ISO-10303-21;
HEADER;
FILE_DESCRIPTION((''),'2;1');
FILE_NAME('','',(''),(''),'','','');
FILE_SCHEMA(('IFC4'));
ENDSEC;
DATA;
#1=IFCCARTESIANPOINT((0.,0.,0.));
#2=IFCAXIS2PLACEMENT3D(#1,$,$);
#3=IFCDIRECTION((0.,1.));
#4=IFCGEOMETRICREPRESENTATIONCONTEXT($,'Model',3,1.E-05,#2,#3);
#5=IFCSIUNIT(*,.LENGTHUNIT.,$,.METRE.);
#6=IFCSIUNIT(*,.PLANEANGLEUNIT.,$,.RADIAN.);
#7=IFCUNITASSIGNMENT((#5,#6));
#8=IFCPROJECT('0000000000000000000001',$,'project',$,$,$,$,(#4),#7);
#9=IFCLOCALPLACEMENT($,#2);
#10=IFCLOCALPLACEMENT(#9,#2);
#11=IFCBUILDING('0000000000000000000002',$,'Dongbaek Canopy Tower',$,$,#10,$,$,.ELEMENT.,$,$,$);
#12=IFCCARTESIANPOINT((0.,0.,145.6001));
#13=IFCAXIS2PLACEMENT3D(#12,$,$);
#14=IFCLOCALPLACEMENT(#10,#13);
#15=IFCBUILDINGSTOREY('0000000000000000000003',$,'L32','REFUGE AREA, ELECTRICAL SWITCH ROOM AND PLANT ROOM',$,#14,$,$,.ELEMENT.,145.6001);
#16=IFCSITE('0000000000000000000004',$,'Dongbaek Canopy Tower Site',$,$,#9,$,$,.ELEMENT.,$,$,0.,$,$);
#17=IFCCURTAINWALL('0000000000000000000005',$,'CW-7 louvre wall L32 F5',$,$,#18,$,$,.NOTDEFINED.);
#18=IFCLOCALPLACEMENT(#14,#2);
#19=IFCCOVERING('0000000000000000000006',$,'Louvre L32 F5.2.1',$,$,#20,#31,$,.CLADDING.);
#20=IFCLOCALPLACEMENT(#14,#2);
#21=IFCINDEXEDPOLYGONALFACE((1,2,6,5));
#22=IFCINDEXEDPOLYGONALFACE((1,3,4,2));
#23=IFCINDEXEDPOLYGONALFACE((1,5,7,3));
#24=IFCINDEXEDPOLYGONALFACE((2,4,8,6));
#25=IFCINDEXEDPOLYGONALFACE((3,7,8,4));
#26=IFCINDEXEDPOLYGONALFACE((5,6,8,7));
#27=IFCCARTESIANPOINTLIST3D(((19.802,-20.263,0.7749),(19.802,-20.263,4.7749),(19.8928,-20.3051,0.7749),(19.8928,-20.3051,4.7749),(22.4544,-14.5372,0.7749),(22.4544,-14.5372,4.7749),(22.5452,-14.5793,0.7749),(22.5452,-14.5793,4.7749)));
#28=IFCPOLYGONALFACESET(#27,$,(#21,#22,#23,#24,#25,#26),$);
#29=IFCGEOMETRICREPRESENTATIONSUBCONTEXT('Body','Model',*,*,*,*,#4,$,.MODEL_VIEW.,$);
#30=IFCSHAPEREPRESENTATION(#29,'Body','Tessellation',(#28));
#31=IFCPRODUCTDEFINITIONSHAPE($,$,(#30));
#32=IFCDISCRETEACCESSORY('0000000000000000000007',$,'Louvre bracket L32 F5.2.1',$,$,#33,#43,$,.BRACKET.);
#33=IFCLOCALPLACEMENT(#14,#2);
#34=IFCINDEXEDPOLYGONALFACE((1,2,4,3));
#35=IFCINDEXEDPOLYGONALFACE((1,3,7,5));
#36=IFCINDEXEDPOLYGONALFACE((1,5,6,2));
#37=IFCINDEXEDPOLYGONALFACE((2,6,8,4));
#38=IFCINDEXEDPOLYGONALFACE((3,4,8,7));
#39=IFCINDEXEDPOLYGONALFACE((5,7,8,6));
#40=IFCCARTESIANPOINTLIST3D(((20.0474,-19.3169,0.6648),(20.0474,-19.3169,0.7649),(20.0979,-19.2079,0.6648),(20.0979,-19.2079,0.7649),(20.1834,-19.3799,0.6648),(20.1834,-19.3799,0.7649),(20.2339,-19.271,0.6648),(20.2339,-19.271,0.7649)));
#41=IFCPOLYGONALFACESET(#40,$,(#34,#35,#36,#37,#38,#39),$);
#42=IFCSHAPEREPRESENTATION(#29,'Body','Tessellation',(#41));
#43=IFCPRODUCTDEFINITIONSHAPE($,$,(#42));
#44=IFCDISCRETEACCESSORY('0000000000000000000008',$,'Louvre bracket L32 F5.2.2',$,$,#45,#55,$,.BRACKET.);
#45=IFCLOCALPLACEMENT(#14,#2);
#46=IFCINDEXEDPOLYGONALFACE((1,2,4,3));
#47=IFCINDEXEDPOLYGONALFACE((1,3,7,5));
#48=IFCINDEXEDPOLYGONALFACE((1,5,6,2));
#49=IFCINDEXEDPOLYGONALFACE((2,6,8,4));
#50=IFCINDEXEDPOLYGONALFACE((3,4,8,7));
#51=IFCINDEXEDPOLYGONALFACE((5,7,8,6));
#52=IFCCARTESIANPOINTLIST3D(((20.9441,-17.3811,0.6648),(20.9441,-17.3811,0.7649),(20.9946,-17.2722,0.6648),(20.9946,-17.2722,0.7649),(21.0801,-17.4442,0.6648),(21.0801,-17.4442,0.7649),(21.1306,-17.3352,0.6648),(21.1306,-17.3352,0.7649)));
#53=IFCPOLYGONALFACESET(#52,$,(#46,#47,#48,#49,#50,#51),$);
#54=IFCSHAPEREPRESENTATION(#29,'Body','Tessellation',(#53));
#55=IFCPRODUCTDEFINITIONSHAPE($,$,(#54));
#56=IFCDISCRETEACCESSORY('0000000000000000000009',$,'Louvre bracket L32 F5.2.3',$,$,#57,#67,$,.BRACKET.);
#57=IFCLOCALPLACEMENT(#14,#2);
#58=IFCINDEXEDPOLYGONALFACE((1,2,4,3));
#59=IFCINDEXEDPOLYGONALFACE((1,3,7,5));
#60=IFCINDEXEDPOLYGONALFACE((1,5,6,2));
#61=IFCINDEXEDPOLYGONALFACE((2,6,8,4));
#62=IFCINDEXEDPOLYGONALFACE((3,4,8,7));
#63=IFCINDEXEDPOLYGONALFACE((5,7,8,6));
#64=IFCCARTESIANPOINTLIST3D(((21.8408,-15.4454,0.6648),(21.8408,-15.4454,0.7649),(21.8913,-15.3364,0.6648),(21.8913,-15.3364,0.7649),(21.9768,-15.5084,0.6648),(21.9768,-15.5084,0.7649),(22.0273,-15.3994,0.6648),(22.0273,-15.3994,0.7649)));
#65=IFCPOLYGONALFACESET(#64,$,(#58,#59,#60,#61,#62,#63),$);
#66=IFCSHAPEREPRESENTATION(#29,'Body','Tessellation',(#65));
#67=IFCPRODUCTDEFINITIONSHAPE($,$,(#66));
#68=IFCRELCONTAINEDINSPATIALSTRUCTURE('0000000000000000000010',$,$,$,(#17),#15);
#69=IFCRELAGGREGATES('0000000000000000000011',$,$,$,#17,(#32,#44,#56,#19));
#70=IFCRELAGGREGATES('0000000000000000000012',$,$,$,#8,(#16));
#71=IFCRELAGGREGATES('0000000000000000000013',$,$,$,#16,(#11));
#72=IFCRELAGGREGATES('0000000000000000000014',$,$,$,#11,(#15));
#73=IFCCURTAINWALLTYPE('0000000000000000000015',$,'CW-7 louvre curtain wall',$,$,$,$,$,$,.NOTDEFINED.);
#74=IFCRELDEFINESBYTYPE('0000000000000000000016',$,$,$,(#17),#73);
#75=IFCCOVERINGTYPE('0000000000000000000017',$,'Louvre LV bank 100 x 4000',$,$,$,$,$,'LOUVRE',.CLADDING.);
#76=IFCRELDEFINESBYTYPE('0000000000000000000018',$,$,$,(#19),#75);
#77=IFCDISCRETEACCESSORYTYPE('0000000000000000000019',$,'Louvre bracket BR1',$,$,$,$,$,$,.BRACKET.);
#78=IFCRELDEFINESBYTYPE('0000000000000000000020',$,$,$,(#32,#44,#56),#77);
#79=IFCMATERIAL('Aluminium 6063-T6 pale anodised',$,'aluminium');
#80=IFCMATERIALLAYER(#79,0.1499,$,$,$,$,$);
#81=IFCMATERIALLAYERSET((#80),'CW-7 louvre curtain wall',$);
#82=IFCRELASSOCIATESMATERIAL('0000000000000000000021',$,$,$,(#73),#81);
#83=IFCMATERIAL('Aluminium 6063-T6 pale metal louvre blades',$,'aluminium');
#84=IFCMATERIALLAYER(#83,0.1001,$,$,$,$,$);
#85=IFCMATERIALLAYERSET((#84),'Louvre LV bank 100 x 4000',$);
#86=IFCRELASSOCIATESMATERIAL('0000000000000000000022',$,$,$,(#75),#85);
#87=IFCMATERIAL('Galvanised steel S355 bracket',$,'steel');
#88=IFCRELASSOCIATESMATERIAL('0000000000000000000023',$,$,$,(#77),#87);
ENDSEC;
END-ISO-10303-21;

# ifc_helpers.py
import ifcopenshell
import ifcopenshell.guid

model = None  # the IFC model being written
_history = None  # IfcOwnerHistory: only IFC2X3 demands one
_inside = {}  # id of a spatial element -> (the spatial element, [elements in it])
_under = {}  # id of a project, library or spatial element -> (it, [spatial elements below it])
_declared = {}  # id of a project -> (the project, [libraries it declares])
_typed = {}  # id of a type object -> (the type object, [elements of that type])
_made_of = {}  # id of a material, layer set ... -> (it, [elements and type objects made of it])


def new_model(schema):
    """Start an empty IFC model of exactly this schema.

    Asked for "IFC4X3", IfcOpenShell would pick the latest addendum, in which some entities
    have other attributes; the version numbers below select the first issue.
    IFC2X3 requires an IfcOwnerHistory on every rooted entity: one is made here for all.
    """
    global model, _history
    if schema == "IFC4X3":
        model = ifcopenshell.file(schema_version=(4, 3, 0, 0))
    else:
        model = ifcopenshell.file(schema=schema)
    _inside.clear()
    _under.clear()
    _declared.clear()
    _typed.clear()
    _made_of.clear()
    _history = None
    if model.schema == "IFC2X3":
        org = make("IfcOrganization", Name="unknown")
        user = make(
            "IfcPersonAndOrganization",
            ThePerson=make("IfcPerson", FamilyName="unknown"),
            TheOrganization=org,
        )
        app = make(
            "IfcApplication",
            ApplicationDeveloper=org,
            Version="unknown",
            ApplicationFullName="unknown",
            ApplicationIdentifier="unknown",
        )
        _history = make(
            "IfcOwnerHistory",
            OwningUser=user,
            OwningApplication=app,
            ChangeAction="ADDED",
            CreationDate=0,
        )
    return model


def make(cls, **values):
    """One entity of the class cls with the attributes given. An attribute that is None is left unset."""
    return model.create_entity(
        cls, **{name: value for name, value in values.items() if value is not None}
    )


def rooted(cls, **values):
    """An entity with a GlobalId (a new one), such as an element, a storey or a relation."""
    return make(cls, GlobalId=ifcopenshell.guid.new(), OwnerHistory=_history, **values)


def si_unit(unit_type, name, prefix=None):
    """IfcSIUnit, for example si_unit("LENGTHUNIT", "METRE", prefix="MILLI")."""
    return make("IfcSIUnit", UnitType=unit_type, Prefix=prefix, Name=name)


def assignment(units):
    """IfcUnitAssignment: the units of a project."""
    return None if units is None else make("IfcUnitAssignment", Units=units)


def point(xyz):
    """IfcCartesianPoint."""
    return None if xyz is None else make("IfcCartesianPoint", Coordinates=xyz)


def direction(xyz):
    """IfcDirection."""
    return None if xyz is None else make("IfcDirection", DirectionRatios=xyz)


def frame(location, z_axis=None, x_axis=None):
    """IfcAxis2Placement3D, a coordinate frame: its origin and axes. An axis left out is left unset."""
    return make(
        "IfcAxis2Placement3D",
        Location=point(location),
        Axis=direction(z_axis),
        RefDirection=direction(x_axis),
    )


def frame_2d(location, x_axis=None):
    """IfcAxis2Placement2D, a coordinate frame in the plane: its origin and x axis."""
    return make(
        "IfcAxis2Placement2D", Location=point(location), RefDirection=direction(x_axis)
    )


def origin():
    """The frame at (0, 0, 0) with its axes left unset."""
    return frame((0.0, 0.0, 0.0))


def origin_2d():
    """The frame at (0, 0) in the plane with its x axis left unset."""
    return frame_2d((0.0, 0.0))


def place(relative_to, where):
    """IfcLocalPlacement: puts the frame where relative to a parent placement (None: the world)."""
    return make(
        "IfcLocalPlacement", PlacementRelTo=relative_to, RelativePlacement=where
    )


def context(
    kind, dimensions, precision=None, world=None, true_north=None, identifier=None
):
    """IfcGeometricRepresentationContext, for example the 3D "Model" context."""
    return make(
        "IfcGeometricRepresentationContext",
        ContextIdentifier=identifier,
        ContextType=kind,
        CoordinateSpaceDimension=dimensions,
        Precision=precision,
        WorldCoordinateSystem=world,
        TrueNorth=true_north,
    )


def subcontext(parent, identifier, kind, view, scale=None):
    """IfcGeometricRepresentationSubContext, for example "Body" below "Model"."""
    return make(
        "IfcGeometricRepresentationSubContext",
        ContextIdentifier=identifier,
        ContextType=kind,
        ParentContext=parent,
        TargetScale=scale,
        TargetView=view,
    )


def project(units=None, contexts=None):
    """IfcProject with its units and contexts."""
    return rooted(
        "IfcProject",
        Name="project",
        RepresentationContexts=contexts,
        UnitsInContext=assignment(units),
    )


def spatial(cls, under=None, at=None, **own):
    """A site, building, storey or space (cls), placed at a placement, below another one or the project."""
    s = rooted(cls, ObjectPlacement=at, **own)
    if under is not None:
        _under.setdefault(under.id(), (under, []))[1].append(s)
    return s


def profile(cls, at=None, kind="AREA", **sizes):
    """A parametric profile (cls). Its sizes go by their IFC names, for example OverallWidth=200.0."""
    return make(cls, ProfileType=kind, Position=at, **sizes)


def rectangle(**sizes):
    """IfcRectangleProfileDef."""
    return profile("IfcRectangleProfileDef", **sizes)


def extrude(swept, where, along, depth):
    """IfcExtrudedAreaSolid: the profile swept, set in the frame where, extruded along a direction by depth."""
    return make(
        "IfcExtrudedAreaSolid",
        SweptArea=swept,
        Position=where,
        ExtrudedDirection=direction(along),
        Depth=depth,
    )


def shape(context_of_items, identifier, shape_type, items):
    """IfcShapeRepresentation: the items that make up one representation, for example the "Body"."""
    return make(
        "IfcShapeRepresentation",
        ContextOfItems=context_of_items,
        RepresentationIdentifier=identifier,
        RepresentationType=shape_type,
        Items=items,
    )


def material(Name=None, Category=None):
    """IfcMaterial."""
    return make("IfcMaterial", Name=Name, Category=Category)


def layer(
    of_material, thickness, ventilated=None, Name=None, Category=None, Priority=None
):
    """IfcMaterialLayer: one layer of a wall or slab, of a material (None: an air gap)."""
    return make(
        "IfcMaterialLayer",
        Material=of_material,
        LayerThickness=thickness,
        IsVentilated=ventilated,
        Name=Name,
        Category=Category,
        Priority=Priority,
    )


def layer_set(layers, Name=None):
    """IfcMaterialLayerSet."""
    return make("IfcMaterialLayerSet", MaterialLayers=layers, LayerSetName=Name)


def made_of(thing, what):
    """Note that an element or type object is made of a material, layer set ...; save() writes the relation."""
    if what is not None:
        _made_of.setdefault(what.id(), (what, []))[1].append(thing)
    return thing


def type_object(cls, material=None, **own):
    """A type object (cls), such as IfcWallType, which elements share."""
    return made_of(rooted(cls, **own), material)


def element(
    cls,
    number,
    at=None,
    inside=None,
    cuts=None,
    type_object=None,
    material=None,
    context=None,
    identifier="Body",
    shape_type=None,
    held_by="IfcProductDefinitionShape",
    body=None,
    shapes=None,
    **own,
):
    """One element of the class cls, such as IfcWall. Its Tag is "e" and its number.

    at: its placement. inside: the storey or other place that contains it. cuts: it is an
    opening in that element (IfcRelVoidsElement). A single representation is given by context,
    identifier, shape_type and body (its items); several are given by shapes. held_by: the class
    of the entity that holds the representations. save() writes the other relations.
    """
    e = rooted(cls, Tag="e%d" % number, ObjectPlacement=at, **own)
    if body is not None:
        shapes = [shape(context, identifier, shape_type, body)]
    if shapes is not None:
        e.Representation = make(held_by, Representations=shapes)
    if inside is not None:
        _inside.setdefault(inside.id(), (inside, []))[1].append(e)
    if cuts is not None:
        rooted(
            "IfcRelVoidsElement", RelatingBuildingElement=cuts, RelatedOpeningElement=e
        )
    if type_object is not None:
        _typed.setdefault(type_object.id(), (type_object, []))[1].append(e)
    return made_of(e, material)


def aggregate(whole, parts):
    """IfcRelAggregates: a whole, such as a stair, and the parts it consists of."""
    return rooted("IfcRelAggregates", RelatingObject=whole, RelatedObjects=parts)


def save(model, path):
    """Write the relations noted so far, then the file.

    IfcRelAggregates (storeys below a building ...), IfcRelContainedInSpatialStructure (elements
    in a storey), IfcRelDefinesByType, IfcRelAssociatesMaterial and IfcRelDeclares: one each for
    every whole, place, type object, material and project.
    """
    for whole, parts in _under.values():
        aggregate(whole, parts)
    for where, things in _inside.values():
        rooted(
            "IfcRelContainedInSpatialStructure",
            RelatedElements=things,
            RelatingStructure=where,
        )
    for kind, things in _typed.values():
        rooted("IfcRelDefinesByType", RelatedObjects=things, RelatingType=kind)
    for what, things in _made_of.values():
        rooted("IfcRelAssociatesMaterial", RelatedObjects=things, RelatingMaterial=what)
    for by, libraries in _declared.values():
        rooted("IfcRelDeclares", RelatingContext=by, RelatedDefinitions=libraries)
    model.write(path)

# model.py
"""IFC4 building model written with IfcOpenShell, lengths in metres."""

from ifc_helpers import new_model, si_unit, direction, frame, origin, origin_2d, place, context, subcontext, project, spatial, rectangle, extrude, material, layer, layer_set, type_object, element, aggregate, save


model = new_model("IFC4")

# Units and contexts
model_context = context("Model", 3, precision=1e-05, world=origin(), true_north=direction((0.0, 1.0)))
body_context = subcontext(model_context, "Body", "Model", "MODEL_VIEW")
ifc_project = project(units=[si_unit("LENGTHUNIT", "METRE"), si_unit("PLANEANGLEUNIT", "RADIAN")], contexts=[model_context])

# Site, building, storey
site_placement = place(None, origin())
site = spatial("IfcSite", under=ifc_project, at=site_placement, Name="Dongbaek Canopy Tower Site", CompositionType="ELEMENT", RefElevation=0.0)
building_placement = place(site_placement, origin())
building = spatial("IfcBuilding", under=site, at=building_placement, Name="Dongbaek Canopy Tower", CompositionType="ELEMENT")
storey_placement = place(building_placement, frame((0.0, 0.0, 145.6001)))
storey = spatial("IfcBuildingStorey", under=building, at=storey_placement, Name="L32", Description="REFUGE AREA, ELECTRICAL SWITCH ROOM AND PLANT ROOM", CompositionType="ELEMENT", Elevation=145.6001)

# Curtain wall
ifc_material_1 = material(Name="Aluminium 6063-T6 pale anodised", Category="aluminium")
ifc_layer_1 = layer(ifc_material_1, 0.1499)
ifc_layer_set_1 = layer_set([ifc_layer_1], Name="CW-7 louvre curtain wall")
curtain_wall_type = type_object("IfcCurtainWallType", Name="CW-7 louvre curtain wall", PredefinedType="NOTDEFINED", material=ifc_layer_set_1)
curtain_wall_placement = place(storey_placement, origin())
curtain_wall = element("IfcCurtainWall", 1, at=curtain_wall_placement, inside=storey, type_object=curtain_wall_type, Name="CW-7 louvre wall L32 F5", PredefinedType="NOTDEFINED")

# Covering
ifc_material_2 = material(Name="Aluminium 6063-T6 pale metal louvre blades", Category="aluminium")
ifc_layer_2 = layer(ifc_material_2, 0.1001)
ifc_layer_set_2 = layer_set([ifc_layer_2], Name="Louvre LV bank 100 x 4000")
covering_type = type_object("IfcCoveringType", Name="Louvre LV bank 100 x 4000", ElementType="LOUVRE", PredefinedType="CLADDING", material=ifc_layer_set_2)
covering_placement = place(storey_placement, frame((21.1736, -17.4211, 0.7749), z_axis=(0.0, 0.0, 1.0), x_axis=(0.420334, 0.907369, 0.0)))
covering = element("IfcCovering", 2, at=covering_placement, type_object=covering_type, Name="Louvre L32 F5.2.1", PredefinedType="CLADDING", context=body_context, shape_type="SweptSolid", body=[
    extrude(rectangle(XDim=6.3103, YDim=0.1001, at=origin_2d()), origin(), (0.0, 0.0, 1.0), 4.0),
])

# Discrete accessories
ifc_material_3 = material(Name="Galvanised steel S355 bracket", Category="steel")
discrete_accessory_type = type_object("IfcDiscreteAccessoryType", Name="Louvre bracket BR1", PredefinedType="BRACKET", material=ifc_material_3)
discrete_accessory_1_placement = place(storey_placement, frame((20.1406, -19.2939, 0.6648), z_axis=(0.0, 0.0, 1.0), x_axis=(0.420334, 0.907369, 0.0)))
discrete_accessory_1 = element("IfcDiscreteAccessory", 3, at=discrete_accessory_1_placement, type_object=discrete_accessory_type, Name="Louvre bracket L32 F5.2.1", PredefinedType="BRACKET", context=body_context, shape_type="SweptSolid", body=[
    extrude(rectangle(XDim=0.1201, YDim=0.1499, at=origin_2d()), origin(), (0.0, 0.0, 1.0), 0.1001),
])
discrete_accessory_2_placement = place(storey_placement, frame((21.0374, -17.3582, 0.6648), z_axis=(0.0, 0.0, 1.0), x_axis=(0.420334, 0.907369, 0.0)))
discrete_accessory_2 = element("IfcDiscreteAccessory", 4, at=discrete_accessory_2_placement, type_object=discrete_accessory_type, Name="Louvre bracket L32 F5.2.2", PredefinedType="BRACKET", context=body_context, shape_type="SweptSolid", body=[
    extrude(rectangle(XDim=0.1201, YDim=0.1499, at=origin_2d()), origin(), (0.0, 0.0, 1.0), 0.1001),
])
discrete_accessory_3_placement = place(storey_placement, frame((21.9341, -15.4224, 0.6648), z_axis=(0.0, 0.0, 1.0), x_axis=(0.420334, 0.907369, 0.0)))
discrete_accessory_3 = element("IfcDiscreteAccessory", 5, at=discrete_accessory_3_placement, type_object=discrete_accessory_type, Name="Louvre bracket L32 F5.2.3", PredefinedType="BRACKET", context=body_context, shape_type="SweptSolid", body=[
    extrude(rectangle(XDim=0.1201, YDim=0.1499, at=origin_2d()), origin(), (0.0, 0.0, 1.0), 0.1001),
])
aggregate(curtain_wall, [discrete_accessory_1, discrete_accessory_2, discrete_accessory_3, covering])

save(model, "model.ifc")
